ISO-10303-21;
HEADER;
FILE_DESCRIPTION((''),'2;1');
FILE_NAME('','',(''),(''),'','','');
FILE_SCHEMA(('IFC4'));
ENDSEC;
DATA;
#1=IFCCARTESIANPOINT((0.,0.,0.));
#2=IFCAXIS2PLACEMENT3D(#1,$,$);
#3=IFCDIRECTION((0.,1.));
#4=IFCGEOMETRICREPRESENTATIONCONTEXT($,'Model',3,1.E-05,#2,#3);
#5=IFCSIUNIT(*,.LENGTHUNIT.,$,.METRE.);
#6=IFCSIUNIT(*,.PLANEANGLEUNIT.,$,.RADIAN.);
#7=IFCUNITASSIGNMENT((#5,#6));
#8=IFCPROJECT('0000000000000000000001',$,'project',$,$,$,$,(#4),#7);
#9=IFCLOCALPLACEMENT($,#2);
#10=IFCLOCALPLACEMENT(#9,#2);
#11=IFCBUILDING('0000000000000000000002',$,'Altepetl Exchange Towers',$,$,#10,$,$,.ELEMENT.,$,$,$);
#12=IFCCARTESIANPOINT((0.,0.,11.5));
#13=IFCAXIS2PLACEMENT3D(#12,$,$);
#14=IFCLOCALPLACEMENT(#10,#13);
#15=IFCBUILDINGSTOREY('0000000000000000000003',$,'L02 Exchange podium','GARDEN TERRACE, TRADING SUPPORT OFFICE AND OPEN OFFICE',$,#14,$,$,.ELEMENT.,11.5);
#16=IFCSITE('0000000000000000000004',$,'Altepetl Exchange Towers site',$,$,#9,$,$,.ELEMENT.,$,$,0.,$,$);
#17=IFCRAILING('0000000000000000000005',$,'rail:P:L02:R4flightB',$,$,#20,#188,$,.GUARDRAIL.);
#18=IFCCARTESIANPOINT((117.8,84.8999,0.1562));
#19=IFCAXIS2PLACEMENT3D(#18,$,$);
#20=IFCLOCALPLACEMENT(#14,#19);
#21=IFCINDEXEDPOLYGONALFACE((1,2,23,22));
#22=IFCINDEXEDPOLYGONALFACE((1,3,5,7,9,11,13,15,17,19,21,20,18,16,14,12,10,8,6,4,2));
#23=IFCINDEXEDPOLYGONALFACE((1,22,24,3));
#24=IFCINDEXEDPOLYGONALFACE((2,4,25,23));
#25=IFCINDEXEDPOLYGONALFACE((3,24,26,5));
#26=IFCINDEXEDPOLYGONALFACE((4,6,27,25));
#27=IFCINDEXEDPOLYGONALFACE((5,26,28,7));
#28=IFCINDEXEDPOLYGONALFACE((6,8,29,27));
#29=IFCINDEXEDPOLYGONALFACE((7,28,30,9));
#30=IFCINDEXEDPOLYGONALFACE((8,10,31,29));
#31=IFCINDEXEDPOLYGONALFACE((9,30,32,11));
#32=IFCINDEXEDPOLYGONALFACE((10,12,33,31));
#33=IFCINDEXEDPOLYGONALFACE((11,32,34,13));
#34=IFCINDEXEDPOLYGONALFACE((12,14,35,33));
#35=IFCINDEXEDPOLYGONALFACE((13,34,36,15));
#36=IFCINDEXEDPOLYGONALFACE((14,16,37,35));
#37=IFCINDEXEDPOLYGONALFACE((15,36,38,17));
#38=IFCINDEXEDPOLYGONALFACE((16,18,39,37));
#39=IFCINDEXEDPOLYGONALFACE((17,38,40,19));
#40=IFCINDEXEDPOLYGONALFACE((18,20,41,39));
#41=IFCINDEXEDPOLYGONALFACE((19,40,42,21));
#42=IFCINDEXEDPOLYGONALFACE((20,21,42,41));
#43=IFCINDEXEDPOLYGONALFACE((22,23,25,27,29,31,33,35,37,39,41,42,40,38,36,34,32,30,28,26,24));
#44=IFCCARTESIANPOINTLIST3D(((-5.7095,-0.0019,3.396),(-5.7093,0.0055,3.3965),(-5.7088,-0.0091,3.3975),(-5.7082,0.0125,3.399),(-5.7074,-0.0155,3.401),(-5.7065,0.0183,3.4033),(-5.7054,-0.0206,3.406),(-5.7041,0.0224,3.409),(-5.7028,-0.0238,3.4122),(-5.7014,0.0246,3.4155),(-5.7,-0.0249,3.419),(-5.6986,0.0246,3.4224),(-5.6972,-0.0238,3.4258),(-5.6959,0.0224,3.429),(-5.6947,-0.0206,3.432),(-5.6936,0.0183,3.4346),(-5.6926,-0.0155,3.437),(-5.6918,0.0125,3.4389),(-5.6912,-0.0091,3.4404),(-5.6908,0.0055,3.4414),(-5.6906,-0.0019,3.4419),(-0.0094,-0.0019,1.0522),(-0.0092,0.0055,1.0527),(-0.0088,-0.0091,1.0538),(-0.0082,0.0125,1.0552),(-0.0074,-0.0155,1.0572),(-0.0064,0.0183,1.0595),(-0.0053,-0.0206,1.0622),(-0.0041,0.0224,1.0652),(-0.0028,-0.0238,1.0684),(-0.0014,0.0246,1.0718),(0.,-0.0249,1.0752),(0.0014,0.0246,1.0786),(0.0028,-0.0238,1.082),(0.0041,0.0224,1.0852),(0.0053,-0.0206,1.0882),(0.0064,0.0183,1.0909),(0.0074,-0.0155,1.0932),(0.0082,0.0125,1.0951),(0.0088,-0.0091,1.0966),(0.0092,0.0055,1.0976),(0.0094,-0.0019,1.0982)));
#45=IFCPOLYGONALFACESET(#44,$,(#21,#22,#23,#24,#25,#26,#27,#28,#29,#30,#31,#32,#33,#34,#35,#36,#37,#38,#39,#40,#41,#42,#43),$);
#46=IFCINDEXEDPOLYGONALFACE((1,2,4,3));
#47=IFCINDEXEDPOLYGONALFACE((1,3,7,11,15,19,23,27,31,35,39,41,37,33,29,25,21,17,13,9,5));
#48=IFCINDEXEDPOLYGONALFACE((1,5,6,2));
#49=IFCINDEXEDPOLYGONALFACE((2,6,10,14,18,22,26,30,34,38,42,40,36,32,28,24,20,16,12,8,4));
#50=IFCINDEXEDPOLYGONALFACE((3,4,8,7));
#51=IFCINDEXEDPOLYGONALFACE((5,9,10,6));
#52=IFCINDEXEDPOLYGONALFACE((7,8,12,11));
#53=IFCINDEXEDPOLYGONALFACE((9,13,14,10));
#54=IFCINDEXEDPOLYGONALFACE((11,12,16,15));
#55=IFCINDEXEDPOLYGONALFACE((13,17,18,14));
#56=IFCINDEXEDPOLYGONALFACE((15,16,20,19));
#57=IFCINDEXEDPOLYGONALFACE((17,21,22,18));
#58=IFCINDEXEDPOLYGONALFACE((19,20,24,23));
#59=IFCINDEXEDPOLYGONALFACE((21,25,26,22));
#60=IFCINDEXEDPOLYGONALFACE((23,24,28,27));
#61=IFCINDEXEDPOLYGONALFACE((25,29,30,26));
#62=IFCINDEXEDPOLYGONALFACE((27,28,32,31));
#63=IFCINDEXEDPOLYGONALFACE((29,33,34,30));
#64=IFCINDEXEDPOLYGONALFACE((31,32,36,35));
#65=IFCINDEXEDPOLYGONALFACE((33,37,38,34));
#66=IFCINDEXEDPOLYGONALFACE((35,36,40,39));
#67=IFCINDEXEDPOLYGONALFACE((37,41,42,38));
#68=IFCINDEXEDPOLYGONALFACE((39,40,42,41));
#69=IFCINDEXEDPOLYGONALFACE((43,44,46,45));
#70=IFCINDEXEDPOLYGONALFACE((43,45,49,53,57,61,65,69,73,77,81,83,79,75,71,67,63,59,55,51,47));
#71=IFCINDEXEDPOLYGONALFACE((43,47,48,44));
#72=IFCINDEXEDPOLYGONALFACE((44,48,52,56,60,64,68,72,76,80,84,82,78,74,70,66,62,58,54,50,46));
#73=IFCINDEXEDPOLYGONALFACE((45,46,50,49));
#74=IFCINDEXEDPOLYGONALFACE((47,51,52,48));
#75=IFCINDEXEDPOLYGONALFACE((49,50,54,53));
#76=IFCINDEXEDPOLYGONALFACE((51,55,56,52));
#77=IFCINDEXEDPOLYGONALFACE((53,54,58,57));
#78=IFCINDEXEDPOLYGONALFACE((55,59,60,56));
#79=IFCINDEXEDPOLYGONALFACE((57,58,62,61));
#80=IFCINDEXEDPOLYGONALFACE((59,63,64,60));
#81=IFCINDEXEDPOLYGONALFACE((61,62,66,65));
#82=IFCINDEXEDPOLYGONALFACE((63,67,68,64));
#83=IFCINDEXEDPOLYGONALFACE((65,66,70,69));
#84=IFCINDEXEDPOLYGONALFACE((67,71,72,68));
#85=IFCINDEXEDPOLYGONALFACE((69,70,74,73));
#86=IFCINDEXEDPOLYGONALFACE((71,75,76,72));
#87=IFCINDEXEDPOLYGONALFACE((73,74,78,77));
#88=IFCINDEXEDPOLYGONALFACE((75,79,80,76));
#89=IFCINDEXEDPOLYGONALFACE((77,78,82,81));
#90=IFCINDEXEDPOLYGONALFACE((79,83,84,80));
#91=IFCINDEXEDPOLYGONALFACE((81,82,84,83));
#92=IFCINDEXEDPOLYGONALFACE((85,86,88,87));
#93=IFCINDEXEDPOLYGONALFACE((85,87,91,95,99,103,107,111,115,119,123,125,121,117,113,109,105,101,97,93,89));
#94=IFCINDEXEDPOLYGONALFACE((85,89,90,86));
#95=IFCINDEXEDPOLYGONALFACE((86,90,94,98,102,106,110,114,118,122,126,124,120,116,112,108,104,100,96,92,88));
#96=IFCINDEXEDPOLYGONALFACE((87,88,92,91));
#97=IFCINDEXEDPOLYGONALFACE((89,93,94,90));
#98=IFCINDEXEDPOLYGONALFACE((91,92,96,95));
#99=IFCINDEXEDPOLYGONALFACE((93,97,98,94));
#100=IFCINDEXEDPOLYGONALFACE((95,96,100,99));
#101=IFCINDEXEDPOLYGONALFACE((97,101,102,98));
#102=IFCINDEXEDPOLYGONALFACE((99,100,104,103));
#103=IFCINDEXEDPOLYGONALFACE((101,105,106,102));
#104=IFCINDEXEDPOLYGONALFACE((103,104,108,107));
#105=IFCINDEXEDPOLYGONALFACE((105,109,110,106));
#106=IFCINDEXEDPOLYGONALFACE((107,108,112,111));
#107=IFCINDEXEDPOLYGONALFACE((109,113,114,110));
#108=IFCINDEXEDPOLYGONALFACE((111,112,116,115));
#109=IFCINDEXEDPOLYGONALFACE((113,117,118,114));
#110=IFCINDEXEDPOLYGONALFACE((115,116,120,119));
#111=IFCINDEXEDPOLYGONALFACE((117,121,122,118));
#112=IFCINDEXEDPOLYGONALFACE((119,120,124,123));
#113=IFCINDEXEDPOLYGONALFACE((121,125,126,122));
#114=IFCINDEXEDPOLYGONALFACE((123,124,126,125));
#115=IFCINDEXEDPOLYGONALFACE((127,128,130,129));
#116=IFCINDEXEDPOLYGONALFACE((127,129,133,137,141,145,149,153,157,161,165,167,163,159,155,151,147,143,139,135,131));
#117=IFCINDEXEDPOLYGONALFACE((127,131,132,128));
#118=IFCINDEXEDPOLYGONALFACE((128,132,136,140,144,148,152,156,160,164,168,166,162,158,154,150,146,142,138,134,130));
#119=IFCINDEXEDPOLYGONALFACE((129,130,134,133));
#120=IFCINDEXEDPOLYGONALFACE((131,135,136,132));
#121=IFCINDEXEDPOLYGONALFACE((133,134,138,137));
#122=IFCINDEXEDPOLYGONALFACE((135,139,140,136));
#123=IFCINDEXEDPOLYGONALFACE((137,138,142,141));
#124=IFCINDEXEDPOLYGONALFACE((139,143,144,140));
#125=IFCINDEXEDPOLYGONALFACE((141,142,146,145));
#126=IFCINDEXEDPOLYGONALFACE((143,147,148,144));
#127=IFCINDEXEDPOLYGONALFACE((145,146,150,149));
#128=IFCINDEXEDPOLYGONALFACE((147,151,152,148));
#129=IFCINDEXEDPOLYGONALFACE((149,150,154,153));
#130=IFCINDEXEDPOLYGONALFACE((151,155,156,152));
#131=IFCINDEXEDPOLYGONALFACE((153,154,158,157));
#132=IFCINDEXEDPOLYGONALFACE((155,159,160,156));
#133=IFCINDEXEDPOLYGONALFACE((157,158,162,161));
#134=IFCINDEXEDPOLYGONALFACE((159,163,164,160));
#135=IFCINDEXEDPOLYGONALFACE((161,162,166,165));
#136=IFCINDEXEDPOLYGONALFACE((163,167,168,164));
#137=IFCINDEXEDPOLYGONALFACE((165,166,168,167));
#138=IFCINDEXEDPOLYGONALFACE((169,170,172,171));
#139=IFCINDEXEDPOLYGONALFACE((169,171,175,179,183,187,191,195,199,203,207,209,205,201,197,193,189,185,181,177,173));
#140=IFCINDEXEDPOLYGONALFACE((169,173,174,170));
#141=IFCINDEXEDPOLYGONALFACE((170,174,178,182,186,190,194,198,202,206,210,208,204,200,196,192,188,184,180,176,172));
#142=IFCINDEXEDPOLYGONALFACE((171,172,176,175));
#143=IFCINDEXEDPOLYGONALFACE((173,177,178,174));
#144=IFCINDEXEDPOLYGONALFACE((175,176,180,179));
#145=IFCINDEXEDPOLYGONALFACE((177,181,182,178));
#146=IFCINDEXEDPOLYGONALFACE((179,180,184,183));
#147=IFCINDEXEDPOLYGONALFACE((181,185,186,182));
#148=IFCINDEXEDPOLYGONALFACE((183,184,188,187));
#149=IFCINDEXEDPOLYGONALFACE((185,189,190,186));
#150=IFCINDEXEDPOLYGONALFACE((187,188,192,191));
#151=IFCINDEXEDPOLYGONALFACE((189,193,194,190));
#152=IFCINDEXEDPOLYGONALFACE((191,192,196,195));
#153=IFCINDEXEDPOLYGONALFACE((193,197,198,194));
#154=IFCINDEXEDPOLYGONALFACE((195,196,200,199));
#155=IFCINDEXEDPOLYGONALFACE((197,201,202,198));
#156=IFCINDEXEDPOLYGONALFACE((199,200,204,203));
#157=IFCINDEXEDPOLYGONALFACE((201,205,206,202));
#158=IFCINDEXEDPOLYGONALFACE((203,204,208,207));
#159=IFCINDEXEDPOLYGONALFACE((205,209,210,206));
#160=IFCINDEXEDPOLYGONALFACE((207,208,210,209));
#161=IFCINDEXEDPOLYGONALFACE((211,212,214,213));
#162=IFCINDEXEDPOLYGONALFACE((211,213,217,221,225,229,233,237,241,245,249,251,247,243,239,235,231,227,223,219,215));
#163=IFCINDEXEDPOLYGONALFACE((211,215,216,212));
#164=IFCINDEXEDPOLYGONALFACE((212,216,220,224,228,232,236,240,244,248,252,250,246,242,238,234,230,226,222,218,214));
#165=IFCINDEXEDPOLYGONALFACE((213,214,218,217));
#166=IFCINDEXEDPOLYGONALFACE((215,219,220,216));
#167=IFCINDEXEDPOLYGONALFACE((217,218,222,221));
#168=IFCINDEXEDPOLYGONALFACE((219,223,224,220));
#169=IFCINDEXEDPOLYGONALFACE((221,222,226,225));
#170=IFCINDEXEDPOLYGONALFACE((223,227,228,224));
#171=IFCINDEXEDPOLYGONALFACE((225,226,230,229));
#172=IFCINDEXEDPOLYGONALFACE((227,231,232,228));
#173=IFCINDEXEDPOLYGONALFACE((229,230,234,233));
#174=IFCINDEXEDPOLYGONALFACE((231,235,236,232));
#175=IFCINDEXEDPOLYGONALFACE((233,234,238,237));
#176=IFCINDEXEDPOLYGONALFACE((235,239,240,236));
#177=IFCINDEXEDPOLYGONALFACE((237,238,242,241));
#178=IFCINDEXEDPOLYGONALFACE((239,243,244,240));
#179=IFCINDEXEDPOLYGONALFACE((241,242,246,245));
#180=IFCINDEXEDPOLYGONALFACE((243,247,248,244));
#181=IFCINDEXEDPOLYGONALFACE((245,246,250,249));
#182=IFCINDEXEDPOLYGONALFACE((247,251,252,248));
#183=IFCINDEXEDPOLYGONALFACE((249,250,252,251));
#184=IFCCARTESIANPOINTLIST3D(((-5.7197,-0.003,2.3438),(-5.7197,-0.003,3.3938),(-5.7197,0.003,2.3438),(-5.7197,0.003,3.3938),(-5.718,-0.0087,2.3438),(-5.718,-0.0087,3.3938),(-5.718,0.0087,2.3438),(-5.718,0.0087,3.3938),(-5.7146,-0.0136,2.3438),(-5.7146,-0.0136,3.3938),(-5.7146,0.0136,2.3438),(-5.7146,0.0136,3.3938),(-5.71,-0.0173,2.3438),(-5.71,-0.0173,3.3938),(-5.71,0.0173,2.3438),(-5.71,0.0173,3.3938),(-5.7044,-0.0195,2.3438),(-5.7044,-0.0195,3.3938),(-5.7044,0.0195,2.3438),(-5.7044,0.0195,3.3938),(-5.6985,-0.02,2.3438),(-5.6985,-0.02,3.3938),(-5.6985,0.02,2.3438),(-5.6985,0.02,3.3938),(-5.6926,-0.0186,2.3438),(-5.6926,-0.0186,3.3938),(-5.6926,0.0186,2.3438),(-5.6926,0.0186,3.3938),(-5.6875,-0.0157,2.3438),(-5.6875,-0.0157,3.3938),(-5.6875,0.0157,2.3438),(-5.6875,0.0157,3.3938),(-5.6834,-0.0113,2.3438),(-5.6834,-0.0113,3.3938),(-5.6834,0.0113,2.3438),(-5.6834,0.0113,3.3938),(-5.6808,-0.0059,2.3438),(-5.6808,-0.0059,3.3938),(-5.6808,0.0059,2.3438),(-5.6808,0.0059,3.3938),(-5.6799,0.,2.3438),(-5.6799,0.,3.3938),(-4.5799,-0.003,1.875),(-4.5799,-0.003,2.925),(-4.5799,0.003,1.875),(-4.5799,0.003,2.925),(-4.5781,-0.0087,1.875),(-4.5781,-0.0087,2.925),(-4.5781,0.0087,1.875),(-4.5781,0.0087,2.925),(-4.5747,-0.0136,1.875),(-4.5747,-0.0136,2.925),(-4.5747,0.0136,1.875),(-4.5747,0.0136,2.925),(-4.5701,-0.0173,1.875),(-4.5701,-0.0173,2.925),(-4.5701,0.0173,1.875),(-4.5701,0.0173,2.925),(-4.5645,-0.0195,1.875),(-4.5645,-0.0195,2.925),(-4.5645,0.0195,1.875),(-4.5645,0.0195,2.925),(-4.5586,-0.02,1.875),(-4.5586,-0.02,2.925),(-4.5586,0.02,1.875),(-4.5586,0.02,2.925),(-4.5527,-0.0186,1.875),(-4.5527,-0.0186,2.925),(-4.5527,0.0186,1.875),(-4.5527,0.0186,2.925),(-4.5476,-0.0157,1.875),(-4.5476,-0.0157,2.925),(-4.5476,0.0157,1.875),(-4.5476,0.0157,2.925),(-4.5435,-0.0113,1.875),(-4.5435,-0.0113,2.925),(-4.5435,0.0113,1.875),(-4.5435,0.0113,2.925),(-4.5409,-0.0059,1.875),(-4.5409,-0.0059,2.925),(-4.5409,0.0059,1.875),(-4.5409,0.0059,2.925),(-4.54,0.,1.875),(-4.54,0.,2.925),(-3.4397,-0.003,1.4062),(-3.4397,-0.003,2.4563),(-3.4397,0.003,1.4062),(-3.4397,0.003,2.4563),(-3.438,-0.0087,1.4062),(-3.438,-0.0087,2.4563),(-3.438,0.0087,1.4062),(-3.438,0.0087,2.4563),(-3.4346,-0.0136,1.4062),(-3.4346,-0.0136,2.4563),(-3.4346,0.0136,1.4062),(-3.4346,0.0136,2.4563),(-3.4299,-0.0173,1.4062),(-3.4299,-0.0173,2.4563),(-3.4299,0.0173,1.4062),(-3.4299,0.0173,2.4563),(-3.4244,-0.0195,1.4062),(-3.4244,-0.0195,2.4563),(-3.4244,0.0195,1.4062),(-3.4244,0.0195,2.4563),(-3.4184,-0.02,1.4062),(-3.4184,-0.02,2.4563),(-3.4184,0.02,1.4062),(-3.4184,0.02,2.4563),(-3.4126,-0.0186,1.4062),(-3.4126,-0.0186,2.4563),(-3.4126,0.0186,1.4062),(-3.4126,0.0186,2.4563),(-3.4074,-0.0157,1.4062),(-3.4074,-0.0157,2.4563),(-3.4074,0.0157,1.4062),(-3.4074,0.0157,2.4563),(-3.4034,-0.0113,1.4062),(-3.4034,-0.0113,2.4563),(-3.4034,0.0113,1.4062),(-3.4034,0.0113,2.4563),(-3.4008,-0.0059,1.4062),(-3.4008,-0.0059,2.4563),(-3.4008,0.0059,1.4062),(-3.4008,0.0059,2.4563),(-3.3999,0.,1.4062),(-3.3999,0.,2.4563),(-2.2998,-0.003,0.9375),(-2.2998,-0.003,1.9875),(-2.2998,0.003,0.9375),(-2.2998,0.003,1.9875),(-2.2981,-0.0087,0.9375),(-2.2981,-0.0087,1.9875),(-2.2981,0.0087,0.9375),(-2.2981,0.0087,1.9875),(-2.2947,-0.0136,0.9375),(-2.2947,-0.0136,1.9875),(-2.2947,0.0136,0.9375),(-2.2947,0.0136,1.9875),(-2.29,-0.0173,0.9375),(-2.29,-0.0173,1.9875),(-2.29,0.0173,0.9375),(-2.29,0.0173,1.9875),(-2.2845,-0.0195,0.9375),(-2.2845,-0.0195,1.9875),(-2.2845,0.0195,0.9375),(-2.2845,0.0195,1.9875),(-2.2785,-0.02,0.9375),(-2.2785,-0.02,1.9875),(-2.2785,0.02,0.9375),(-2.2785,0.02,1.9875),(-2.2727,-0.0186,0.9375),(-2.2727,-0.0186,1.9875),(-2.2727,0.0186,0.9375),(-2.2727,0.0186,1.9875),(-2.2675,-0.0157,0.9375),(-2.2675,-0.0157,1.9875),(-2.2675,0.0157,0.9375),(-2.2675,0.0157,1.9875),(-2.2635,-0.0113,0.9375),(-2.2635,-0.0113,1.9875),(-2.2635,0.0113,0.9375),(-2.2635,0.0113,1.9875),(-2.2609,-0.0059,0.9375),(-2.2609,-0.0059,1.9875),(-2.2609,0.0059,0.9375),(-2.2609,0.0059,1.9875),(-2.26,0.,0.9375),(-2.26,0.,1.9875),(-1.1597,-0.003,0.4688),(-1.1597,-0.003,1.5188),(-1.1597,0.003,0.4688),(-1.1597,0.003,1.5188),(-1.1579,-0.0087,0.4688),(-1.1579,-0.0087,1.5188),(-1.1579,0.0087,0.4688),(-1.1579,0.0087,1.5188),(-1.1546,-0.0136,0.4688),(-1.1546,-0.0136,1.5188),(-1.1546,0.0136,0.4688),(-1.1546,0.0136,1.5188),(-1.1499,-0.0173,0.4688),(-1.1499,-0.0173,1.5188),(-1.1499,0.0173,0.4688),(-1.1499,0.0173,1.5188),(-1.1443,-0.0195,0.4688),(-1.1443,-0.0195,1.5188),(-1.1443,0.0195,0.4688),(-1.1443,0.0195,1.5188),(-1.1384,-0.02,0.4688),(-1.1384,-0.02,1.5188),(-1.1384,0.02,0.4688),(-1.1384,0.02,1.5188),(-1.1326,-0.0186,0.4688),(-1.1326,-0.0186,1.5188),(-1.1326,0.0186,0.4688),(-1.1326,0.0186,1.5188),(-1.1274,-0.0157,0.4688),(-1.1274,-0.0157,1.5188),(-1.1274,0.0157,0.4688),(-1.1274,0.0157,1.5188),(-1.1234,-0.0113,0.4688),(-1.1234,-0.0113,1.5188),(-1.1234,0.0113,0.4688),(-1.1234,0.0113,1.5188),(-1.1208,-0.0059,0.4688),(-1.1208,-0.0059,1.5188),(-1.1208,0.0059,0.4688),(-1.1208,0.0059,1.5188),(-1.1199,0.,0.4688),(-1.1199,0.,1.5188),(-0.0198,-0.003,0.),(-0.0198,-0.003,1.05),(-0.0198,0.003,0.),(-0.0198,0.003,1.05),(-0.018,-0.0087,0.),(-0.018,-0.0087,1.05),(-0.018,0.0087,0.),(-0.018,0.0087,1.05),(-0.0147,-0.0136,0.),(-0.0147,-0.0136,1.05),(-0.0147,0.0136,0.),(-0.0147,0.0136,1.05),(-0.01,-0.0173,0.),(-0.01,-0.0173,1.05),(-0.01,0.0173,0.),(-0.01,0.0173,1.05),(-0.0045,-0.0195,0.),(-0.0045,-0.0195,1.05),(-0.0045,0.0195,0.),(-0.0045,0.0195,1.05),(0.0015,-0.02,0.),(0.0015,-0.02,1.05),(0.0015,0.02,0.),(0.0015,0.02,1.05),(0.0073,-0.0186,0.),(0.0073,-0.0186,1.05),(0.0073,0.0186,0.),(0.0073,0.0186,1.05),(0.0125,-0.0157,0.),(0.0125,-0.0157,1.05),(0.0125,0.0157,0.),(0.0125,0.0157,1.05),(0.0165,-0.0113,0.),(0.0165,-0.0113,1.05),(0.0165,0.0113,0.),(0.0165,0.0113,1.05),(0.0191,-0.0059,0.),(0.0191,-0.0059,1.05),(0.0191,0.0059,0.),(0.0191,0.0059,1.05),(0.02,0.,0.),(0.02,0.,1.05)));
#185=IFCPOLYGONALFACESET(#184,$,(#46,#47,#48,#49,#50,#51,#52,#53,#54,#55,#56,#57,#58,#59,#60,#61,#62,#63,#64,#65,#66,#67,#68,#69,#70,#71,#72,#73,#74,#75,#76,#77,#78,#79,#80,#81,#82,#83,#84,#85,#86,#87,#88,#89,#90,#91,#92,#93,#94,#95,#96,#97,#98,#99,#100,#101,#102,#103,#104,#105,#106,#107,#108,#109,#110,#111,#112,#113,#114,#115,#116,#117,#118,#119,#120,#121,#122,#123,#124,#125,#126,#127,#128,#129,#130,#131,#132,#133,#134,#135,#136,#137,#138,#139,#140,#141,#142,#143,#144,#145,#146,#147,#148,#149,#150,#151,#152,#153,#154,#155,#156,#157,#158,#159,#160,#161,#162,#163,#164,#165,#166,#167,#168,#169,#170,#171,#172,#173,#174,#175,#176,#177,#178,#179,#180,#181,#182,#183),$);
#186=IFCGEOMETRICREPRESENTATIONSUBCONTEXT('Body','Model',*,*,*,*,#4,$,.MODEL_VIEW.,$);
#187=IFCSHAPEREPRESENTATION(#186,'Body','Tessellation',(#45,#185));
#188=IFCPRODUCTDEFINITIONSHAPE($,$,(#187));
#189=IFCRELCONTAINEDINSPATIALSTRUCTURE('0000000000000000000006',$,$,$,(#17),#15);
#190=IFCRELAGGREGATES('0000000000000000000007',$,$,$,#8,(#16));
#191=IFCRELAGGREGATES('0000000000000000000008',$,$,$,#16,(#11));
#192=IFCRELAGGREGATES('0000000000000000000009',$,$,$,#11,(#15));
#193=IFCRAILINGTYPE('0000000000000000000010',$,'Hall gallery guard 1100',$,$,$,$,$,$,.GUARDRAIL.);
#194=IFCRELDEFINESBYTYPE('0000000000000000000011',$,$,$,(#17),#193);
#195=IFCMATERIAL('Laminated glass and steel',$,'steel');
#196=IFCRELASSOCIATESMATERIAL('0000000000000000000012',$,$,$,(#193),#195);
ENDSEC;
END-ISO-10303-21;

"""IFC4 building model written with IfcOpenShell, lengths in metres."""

from ifc_helpers import new_model, si_unit, direction, frame, origin, origin_2d, place, context, subcontext, project, spatial, circle, extrude, source, transform, mapped, material, type_object, element, save


model = new_model("IFC4")

# Units and contexts
model_context = context("Model", 3, precision=1e-05, world=origin(), true_north=direction((0.0, 1.0)))
body_context = subcontext(model_context, "Body", "Model", "MODEL_VIEW")
ifc_project = project(units=[si_unit("LENGTHUNIT", "METRE"), si_unit("PLANEANGLEUNIT", "RADIAN")], contexts=[model_context])

# Site, building, storey
site_placement = place(None, origin())
site = spatial("IfcSite", under=ifc_project, at=site_placement, Name="Altepetl Exchange Towers site", CompositionType="ELEMENT", RefElevation=0.0)
building_placement = place(site_placement, origin())
building = spatial("IfcBuilding", under=site, at=building_placement, Name="Altepetl Exchange Towers", CompositionType="ELEMENT")
storey_placement = place(building_placement, frame((0.0, 0.0, 11.5)))
storey = spatial("IfcBuildingStorey", under=building, at=storey_placement, Name="L02 Exchange podium", Description="GARDEN TERRACE, TRADING SUPPORT OFFICE AND OPEN OFFICE", CompositionType="ELEMENT", Elevation=11.5)

# Railing
ifc_material_1 = material(Name="Laminated glass and steel", Category="steel")
railing_type_1 = type_object("IfcRailingType", Name="Hall gallery guard 1100", PredefinedType="GUARDRAIL", material=ifc_material_1)
shared_shape_1 = source(origin(), body_context, "Body", "SweptSolid", [
    extrude(circle(Radius=0.02, at=origin_2d()), origin(), (0.0, 0.0, 1.0), 1.05),
])
for number, where, name in (
    (1, (117.8, 84.8999, 0.1562), "rail:P:L02:R4flightB"),
):
    element("IfcRailing", number, at=place(storey_placement, frame(where)), inside=storey, type_object=railing_type_1, Name=name, PredefinedType="GUARDRAIL", context=body_context, shape_type="SweptSolid", body=[
        extrude(circle(Radius=0.0249, at=origin_2d()), frame((0.0, 0.0, 1.0752), z_axis=(-0.924866, 0.0, 0.380293), x_axis=(0.0, -1.0, 0.0)), (0.0, 0.0, 1.0), 6.1631),
        mapped(shared_shape_1, transform((0.0, 0.0, 0.0))),
        mapped(shared_shape_1, transform((-1.1399, 0.0, 0.4688))),
        mapped(shared_shape_1, transform((-2.28, 0.0, 0.9375))),
        mapped(shared_shape_1, transform((-3.4199, 0.0, 1.4062))),
        mapped(shared_shape_1, transform((-4.5601, 0.0, 1.875))),
        mapped(shared_shape_1, transform((-5.7, 0.0, 2.3438))),
    ])

save(model, "model.ifc")
